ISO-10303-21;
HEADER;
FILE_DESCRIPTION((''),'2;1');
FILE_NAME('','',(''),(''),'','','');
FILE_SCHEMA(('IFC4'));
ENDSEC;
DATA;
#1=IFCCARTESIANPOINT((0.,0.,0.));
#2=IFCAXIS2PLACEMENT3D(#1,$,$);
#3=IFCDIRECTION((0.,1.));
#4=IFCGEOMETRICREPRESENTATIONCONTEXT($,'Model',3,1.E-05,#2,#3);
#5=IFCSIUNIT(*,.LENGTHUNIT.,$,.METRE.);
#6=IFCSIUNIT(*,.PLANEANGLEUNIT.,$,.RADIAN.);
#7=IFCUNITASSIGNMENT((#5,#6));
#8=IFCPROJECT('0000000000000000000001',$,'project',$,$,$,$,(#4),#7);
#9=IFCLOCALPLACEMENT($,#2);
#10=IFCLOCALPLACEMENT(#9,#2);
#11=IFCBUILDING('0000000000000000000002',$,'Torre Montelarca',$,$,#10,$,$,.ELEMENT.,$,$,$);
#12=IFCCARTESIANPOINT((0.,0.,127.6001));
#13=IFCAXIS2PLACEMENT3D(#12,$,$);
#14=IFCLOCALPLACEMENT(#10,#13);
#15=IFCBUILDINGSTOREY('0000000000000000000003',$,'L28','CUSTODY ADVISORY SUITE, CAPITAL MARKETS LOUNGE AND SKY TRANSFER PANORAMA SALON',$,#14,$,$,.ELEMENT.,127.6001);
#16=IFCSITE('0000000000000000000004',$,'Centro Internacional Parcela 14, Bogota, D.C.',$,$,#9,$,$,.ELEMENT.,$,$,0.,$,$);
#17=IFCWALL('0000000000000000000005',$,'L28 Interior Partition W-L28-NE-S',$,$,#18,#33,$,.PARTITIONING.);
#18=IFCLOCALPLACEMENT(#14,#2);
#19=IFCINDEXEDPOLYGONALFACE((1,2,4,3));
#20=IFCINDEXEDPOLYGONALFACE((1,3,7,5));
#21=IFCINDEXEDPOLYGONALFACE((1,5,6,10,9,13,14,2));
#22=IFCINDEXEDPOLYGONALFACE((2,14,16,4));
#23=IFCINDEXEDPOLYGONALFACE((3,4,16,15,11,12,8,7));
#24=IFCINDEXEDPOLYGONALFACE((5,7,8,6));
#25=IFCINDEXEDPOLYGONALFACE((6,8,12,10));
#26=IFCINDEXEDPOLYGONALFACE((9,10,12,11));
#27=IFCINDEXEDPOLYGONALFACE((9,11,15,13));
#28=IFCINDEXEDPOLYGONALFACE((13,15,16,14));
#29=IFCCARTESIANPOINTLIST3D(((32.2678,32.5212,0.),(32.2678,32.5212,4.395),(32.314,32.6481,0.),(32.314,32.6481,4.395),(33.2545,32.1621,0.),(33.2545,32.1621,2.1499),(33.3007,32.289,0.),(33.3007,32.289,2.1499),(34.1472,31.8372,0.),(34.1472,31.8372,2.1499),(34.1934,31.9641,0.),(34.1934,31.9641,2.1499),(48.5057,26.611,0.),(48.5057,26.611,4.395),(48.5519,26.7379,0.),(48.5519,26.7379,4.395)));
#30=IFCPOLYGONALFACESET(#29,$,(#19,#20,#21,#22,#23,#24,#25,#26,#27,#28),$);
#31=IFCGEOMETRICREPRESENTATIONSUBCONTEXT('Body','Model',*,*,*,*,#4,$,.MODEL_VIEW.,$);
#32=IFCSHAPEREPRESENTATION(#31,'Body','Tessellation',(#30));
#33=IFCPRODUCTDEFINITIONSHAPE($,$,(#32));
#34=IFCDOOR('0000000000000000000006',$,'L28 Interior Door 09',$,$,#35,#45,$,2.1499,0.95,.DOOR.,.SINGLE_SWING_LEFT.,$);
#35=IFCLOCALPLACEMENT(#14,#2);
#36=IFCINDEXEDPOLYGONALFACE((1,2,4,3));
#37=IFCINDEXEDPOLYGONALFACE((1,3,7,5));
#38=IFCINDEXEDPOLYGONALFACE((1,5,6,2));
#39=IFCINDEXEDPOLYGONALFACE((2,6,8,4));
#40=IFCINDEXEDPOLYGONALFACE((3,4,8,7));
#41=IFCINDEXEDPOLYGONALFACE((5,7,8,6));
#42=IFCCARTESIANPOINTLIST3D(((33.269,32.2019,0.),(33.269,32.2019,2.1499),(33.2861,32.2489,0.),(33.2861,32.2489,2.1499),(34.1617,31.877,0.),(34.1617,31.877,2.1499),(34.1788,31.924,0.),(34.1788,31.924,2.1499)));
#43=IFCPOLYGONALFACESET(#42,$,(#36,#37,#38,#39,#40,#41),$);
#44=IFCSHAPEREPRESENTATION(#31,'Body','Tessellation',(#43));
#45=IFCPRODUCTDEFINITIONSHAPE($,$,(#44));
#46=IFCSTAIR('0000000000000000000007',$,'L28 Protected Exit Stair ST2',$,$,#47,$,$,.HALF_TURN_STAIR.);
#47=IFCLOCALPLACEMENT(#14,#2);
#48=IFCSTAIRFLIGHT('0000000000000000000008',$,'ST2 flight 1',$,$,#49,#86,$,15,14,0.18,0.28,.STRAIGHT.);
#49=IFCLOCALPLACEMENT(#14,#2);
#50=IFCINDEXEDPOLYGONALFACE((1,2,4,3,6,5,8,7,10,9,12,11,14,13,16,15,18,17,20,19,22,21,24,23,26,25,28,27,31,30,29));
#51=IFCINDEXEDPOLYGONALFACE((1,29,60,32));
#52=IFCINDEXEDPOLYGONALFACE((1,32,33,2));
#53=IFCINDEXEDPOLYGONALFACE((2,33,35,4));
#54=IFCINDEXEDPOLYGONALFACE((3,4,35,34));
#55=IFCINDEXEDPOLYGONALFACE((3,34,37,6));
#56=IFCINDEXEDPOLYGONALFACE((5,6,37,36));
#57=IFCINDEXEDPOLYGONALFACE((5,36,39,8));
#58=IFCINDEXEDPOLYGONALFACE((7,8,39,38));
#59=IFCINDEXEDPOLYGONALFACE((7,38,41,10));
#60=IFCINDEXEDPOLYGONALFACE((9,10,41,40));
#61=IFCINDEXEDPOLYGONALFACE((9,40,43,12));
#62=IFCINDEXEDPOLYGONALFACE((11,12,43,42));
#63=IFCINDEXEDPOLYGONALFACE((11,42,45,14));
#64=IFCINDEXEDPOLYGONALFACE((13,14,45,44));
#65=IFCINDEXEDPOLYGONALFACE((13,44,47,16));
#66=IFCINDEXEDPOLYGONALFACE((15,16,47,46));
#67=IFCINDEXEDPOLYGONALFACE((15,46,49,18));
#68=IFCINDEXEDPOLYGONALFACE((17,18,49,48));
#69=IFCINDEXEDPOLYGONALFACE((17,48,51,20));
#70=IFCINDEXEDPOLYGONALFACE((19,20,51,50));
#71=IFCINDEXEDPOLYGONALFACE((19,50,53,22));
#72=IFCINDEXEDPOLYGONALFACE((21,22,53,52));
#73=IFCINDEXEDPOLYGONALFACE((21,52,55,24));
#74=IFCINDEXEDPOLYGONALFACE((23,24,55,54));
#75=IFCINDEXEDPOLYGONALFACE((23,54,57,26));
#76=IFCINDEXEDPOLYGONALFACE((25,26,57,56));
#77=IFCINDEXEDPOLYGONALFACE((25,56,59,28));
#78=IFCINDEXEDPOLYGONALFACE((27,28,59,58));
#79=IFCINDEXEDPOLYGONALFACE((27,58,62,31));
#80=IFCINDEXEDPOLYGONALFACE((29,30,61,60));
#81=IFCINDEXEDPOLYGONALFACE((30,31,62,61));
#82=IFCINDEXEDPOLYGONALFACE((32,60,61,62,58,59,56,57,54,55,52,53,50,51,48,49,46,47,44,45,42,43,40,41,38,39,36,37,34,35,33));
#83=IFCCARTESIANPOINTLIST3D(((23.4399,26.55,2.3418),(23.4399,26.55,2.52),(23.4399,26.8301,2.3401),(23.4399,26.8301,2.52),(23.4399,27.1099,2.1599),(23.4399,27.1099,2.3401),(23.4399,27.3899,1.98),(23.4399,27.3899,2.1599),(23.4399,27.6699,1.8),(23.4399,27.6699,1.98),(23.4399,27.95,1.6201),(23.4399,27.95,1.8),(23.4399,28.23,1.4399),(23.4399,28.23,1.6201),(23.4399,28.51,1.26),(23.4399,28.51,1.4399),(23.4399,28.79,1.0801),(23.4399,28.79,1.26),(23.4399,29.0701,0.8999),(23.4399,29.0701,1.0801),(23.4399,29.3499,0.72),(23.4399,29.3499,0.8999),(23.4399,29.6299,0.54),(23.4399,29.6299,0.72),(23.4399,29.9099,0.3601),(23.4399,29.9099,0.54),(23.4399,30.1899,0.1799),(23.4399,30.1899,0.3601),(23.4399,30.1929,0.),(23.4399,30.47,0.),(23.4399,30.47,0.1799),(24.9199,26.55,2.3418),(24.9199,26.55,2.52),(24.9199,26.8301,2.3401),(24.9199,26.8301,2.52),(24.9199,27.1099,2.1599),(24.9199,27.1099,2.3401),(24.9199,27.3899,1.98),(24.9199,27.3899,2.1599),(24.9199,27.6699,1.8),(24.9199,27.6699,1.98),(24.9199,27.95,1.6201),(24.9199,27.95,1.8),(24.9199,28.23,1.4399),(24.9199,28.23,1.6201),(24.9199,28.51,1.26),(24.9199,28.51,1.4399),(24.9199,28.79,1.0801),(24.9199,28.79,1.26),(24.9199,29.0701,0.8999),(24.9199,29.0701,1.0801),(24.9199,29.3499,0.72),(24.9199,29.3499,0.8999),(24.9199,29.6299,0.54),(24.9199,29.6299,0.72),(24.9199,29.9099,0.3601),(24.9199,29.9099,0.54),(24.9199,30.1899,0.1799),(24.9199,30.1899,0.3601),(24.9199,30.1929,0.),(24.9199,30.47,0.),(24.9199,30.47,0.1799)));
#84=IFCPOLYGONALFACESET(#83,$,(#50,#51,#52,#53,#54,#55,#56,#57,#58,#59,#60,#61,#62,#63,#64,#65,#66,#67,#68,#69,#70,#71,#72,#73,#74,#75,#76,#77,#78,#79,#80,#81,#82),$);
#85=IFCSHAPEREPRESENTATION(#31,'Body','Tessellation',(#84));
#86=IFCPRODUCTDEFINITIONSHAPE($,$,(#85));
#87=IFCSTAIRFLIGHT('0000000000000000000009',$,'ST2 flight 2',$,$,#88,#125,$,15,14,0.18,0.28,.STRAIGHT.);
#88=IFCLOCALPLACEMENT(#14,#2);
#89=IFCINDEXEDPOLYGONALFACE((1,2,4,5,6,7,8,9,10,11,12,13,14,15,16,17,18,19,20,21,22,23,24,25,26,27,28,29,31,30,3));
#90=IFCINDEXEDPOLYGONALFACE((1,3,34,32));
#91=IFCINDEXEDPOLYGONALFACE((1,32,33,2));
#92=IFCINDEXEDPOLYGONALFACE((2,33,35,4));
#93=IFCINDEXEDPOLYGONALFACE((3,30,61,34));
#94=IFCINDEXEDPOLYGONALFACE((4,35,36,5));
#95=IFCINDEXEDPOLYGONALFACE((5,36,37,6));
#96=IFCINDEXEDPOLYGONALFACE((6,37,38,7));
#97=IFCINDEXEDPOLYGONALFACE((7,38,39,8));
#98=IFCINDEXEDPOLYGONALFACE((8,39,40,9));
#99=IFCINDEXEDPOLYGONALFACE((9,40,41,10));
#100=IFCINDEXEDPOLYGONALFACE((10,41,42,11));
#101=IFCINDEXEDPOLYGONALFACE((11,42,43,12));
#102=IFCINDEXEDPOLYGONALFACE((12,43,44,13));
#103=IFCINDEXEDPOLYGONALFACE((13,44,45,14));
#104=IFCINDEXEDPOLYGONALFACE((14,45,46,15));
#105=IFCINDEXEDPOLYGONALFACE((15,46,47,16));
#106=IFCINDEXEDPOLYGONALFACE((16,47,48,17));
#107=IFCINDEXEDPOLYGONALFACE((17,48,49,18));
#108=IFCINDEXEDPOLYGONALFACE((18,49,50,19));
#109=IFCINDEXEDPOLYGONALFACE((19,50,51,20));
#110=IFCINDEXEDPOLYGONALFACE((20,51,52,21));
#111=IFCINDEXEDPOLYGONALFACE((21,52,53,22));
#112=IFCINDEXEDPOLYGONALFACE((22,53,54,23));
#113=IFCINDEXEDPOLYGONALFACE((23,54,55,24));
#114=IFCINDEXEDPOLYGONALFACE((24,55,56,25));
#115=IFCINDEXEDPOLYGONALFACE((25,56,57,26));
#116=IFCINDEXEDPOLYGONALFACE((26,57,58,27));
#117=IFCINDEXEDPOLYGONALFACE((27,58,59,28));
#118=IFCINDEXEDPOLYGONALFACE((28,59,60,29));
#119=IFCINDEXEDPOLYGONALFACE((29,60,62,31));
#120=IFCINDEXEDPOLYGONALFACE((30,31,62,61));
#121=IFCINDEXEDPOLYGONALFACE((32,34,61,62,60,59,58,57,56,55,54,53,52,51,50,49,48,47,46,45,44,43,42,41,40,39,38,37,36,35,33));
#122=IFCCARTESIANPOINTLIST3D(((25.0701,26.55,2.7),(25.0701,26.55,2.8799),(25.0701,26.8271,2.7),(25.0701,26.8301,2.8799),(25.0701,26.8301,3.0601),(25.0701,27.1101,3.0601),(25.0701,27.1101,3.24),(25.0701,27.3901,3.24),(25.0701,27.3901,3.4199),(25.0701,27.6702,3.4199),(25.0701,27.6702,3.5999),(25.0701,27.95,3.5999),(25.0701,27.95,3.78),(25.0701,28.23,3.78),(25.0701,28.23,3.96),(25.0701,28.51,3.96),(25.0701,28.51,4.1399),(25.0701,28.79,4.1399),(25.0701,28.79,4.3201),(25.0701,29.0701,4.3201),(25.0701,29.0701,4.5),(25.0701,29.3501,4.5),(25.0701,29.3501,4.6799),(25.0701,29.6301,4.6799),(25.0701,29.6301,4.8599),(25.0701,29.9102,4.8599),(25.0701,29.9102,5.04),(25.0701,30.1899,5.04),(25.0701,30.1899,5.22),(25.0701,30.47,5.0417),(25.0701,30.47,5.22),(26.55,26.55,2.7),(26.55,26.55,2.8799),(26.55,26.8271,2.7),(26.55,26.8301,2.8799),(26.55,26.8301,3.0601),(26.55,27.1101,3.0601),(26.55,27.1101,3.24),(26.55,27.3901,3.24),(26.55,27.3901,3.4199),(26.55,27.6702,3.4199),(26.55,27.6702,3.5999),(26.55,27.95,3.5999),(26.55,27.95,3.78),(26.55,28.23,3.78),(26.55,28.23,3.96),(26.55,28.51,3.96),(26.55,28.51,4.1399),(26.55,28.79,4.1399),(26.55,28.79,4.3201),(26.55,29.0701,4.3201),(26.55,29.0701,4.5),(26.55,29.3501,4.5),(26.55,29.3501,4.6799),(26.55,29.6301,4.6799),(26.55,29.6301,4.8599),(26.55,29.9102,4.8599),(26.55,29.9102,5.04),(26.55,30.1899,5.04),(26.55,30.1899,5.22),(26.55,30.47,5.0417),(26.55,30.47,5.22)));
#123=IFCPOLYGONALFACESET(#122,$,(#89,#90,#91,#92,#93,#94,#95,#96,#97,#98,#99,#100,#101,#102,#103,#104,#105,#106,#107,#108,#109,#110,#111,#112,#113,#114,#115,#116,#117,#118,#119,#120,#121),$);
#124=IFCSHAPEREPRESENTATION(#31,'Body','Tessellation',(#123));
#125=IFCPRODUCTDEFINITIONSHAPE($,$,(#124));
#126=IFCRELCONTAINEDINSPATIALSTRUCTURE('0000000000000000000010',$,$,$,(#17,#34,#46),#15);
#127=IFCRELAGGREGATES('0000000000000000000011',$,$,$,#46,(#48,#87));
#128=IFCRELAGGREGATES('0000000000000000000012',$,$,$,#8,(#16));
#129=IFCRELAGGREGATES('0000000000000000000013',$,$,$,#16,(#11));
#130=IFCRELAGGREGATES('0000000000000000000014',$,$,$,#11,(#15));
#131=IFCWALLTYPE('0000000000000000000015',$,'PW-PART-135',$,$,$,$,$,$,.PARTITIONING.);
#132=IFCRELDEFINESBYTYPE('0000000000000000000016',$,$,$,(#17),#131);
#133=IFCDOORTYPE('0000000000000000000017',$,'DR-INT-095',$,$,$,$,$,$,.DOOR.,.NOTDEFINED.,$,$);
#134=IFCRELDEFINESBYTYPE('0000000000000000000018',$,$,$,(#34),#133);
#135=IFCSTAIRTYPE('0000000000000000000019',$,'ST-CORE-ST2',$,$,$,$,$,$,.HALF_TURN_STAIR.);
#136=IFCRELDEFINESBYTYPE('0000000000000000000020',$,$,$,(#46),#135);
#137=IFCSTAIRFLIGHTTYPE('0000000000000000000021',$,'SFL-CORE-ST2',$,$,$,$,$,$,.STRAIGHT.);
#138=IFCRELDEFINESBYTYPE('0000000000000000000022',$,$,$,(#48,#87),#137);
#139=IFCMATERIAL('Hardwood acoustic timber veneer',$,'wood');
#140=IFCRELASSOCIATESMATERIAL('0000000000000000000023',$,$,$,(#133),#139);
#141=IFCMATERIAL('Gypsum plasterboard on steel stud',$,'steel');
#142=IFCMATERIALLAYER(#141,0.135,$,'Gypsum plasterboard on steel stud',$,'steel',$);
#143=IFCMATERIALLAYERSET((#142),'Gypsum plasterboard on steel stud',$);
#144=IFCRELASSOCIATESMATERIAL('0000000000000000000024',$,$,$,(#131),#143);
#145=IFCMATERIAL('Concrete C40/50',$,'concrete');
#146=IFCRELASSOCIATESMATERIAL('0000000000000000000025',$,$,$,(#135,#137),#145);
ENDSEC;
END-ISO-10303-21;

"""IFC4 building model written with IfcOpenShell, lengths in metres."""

from ifc_helpers import new_model, si_unit, direction, frame, frame_2d, origin, place, context, subcontext, project, spatial, polyline, rectangle, outline, extrude, source, transform, mapped, material, layer, layer_set, type_object, element, fill, aggregate, save


model = new_model("IFC4")

# Units and contexts
model_context = context("Model", 3, precision=1e-05, world=origin(), true_north=direction((0.0, 1.0)))
body_context = subcontext(model_context, "Body", "Model", "MODEL_VIEW")
ifc_project = project(units=[si_unit("LENGTHUNIT", "METRE"), si_unit("PLANEANGLEUNIT", "RADIAN")], contexts=[model_context])

# Site, building, storey
site_placement = place(None, origin())
site = spatial("IfcSite", under=ifc_project, at=site_placement, Name="Centro Internacional Parcela 14, Bogota, D.C.", CompositionType="ELEMENT", RefElevation=0.0)
building_placement = place(site_placement, origin())
building = spatial("IfcBuilding", under=site, at=building_placement, Name="Torre Montelarca", CompositionType="ELEMENT")
storey_placement = place(building_placement, frame((0.0, 0.0, 127.6001)))
storey = spatial("IfcBuildingStorey", under=building, at=storey_placement, Name="L28", Description="CUSTODY ADVISORY SUITE, CAPITAL MARKETS LOUNGE AND SKY TRANSFER PANORAMA SALON", CompositionType="ELEMENT", Elevation=127.6001)

# Shared definitions
ifc_material_1 = material(Name="Concrete C40/50", Category="concrete")
ifc_material_2 = material(Name="Gypsum plasterboard on steel stud", Category="steel")

# Wall, opening, door
ifc_material_3 = material(Name="Hardwood acoustic timber veneer", Category="wood")
door_type = type_object("IfcDoorType", Name="DR-INT-095", OperationType="NOTDEFINED", PredefinedType="DOOR", material=ifc_material_3)
shared_shape_1 = source(origin(), body_context, "Body", "SweptSolid", [
    extrude(rectangle(XDim=0.95, YDim=2.1499, at=frame_2d((0.4751, 1.075))), frame((0.0, 0.0249, 0.0), z_axis=(0.0, -1.0, 0.0), x_axis=(1.0, 0.0, 0.0)), (0.0, 0.0, 1.0), 0.05),
])
ifc_layer_1 = layer(ifc_material_2, 0.135, Name="Gypsum plasterboard on steel stud", Category="steel")
ifc_layer_set_1 = layer_set([ifc_layer_1], Name="Gypsum plasterboard on steel stud")
wall_type_1 = type_object("IfcWallType", Name="PW-PART-135", PredefinedType="PARTITIONING", material=ifc_layer_set_1)
wall_1_placement = place(storey_placement, frame((32.2908, 32.5847, 0.0), z_axis=(0.0, 0.0, 1.0), x_axis=(0.939691, -0.342024, 0.0)))
wall_1 = element("IfcWall", 1, at=wall_1_placement, inside=storey, type_object=wall_type_1, Name="L28 Interior Partition W-L28-NE-S", PredefinedType="PARTITIONING", context=body_context, shape_type="SweptSolid", body=[
    extrude(rectangle(XDim=17.28, YDim=0.135, at=frame_2d((8.6401, 0.0))), origin(), (0.0, 0.0, 1.0), 4.395),
])
opening_1_placement = place(wall_1_placement, frame((1.05, 0.0, 0.0)))
opening_1 = element("IfcOpeningElement", 2, at=opening_1_placement, cuts=wall_1, PredefinedType="OPENING", context=body_context, shape_type="SweptSolid", body=[
    extrude(rectangle(XDim=0.95, YDim=2.1499, at=frame_2d((0.4751, 1.075))), frame((0.0, 0.0776, 0.0), z_axis=(0.0, -1.0, 0.0), x_axis=(1.0, 0.0, 0.0)), (0.0, 0.0, 1.0), 0.155),
])
door_1_placement = place(opening_1_placement, origin())
door_1 = element("IfcDoor", 3, at=door_1_placement, inside=storey, type_object=door_type, Name="L28 Interior Door 09", OperationType="SINGLE_SWING_LEFT", OverallHeight=2.1499, OverallWidth=0.95, PredefinedType="DOOR", context=body_context, shape_type="MappedRepresentation", body=[
    mapped(shared_shape_1, transform((0.0, 0.0, 0.0), scale=1.0)),
])
fill(opening_1, door_1)

# Stair, stair flights
stair_type = type_object("IfcStairType", Name="ST-CORE-ST2", PredefinedType="HALF_TURN_STAIR", material=ifc_material_1)
stair_placement = place(storey_placement, origin())
stair = element("IfcStair", 4, at=stair_placement, inside=storey, type_object=stair_type, Name="L28 Protected Exit Stair ST2", PredefinedType="HALF_TURN_STAIR")
stair_flight_type = type_object("IfcStairFlightType", Name="SFL-CORE-ST2", PredefinedType="STRAIGHT", material=ifc_material_1)
stair_flight_1_placement = place(storey_placement, frame((24.1799, 30.47, 0.0), z_axis=(0.0, 0.0, 1.0), x_axis=(0.0, -1.0, 0.0)))
stair_flight_1 = element("IfcStairFlight", 5, at=stair_flight_1_placement, type_object=stair_flight_type, Name="ST2 flight 1", NumberOfRisers=15, NumberOfTreads=14, PredefinedType="STRAIGHT", RiserHeight=0.18, TreadLength=0.28, context=body_context, shape_type="SweptSolid", body=[
    extrude(outline(polyline([(0.0, 0.0), (0.0, 0.1799), (0.28, 0.1799), (0.28, 0.3601), (0.5601, 0.3601), (0.5601, 0.54), (0.8401, 0.54), (0.8401, 0.72), (1.1201, 0.72), (1.1201, 0.8999), (1.3999, 0.8999), (1.3999, 1.0801), (1.6799, 1.0801), (1.6799, 1.26), (1.96, 1.26), (1.96, 1.4399), (2.24, 1.4399), (2.24, 1.6201), (2.52, 1.6201), (2.52, 1.8), (2.8, 1.8), (2.8, 1.98), (3.0801, 1.98), (3.0801, 2.1599), (3.3601, 2.1599), (3.3601, 2.3401), (3.6399, 2.3401), (3.6399, 2.52), (3.9199, 2.52), (3.9199, 2.7), (3.9199, 2.3418), (0.2771, 0.0), (0.0, 0.0)])), frame((0.0, 0.74, 0.0), z_axis=(0.0, -1.0, 0.0), x_axis=(1.0, 0.0, 0.0)), (0.0, 0.0, 1.0), 1.48),
])
stair_flight_2_placement = place(storey_placement, frame((25.8101, 26.55, 2.7), z_axis=(0.0, 0.0, 1.0), x_axis=(0.0, 1.0, 0.0)))
stair_flight_2 = element("IfcStairFlight", 6, at=stair_flight_2_placement, type_object=stair_flight_type, Name="ST2 flight 2", NumberOfRisers=15, NumberOfTreads=14, PredefinedType="STRAIGHT", RiserHeight=0.18, TreadLength=0.28, context=body_context, shape_type="SweptSolid", body=[
    extrude(outline(polyline([(0.0, 0.0), (0.0, 0.1799), (0.28, 0.1799), (0.28, 0.3601), (0.5601, 0.3601), (0.5601, 0.54), (0.8401, 0.54), (0.8401, 0.72), (1.1201, 0.72), (1.1201, 0.8999), (1.3999, 0.8999), (1.3999, 1.0801), (1.6799, 1.0801), (1.6799, 1.26), (1.96, 1.26), (1.96, 1.4399), (2.24, 1.4399), (2.24, 1.6201), (2.52, 1.6201), (2.52, 1.8), (2.8, 1.8), (2.8, 1.98), (3.0801, 1.98), (3.0801, 2.1599), (3.3601, 2.1599), (3.3601, 2.3401), (3.6399, 2.3401), (3.6399, 2.52), (3.9199, 2.52), (3.9199, 2.7), (3.9199, 2.3418), (0.2771, 0.0), (0.0, 0.0)])), frame((0.0, 0.74, 0.0), z_axis=(0.0, -1.0, 0.0), x_axis=(1.0, 0.0, 0.0)), (0.0, 0.0, 1.0), 1.48),
])
aggregate(stair, [stair_flight_1, stair_flight_2])

save(model, "model.ifc")
